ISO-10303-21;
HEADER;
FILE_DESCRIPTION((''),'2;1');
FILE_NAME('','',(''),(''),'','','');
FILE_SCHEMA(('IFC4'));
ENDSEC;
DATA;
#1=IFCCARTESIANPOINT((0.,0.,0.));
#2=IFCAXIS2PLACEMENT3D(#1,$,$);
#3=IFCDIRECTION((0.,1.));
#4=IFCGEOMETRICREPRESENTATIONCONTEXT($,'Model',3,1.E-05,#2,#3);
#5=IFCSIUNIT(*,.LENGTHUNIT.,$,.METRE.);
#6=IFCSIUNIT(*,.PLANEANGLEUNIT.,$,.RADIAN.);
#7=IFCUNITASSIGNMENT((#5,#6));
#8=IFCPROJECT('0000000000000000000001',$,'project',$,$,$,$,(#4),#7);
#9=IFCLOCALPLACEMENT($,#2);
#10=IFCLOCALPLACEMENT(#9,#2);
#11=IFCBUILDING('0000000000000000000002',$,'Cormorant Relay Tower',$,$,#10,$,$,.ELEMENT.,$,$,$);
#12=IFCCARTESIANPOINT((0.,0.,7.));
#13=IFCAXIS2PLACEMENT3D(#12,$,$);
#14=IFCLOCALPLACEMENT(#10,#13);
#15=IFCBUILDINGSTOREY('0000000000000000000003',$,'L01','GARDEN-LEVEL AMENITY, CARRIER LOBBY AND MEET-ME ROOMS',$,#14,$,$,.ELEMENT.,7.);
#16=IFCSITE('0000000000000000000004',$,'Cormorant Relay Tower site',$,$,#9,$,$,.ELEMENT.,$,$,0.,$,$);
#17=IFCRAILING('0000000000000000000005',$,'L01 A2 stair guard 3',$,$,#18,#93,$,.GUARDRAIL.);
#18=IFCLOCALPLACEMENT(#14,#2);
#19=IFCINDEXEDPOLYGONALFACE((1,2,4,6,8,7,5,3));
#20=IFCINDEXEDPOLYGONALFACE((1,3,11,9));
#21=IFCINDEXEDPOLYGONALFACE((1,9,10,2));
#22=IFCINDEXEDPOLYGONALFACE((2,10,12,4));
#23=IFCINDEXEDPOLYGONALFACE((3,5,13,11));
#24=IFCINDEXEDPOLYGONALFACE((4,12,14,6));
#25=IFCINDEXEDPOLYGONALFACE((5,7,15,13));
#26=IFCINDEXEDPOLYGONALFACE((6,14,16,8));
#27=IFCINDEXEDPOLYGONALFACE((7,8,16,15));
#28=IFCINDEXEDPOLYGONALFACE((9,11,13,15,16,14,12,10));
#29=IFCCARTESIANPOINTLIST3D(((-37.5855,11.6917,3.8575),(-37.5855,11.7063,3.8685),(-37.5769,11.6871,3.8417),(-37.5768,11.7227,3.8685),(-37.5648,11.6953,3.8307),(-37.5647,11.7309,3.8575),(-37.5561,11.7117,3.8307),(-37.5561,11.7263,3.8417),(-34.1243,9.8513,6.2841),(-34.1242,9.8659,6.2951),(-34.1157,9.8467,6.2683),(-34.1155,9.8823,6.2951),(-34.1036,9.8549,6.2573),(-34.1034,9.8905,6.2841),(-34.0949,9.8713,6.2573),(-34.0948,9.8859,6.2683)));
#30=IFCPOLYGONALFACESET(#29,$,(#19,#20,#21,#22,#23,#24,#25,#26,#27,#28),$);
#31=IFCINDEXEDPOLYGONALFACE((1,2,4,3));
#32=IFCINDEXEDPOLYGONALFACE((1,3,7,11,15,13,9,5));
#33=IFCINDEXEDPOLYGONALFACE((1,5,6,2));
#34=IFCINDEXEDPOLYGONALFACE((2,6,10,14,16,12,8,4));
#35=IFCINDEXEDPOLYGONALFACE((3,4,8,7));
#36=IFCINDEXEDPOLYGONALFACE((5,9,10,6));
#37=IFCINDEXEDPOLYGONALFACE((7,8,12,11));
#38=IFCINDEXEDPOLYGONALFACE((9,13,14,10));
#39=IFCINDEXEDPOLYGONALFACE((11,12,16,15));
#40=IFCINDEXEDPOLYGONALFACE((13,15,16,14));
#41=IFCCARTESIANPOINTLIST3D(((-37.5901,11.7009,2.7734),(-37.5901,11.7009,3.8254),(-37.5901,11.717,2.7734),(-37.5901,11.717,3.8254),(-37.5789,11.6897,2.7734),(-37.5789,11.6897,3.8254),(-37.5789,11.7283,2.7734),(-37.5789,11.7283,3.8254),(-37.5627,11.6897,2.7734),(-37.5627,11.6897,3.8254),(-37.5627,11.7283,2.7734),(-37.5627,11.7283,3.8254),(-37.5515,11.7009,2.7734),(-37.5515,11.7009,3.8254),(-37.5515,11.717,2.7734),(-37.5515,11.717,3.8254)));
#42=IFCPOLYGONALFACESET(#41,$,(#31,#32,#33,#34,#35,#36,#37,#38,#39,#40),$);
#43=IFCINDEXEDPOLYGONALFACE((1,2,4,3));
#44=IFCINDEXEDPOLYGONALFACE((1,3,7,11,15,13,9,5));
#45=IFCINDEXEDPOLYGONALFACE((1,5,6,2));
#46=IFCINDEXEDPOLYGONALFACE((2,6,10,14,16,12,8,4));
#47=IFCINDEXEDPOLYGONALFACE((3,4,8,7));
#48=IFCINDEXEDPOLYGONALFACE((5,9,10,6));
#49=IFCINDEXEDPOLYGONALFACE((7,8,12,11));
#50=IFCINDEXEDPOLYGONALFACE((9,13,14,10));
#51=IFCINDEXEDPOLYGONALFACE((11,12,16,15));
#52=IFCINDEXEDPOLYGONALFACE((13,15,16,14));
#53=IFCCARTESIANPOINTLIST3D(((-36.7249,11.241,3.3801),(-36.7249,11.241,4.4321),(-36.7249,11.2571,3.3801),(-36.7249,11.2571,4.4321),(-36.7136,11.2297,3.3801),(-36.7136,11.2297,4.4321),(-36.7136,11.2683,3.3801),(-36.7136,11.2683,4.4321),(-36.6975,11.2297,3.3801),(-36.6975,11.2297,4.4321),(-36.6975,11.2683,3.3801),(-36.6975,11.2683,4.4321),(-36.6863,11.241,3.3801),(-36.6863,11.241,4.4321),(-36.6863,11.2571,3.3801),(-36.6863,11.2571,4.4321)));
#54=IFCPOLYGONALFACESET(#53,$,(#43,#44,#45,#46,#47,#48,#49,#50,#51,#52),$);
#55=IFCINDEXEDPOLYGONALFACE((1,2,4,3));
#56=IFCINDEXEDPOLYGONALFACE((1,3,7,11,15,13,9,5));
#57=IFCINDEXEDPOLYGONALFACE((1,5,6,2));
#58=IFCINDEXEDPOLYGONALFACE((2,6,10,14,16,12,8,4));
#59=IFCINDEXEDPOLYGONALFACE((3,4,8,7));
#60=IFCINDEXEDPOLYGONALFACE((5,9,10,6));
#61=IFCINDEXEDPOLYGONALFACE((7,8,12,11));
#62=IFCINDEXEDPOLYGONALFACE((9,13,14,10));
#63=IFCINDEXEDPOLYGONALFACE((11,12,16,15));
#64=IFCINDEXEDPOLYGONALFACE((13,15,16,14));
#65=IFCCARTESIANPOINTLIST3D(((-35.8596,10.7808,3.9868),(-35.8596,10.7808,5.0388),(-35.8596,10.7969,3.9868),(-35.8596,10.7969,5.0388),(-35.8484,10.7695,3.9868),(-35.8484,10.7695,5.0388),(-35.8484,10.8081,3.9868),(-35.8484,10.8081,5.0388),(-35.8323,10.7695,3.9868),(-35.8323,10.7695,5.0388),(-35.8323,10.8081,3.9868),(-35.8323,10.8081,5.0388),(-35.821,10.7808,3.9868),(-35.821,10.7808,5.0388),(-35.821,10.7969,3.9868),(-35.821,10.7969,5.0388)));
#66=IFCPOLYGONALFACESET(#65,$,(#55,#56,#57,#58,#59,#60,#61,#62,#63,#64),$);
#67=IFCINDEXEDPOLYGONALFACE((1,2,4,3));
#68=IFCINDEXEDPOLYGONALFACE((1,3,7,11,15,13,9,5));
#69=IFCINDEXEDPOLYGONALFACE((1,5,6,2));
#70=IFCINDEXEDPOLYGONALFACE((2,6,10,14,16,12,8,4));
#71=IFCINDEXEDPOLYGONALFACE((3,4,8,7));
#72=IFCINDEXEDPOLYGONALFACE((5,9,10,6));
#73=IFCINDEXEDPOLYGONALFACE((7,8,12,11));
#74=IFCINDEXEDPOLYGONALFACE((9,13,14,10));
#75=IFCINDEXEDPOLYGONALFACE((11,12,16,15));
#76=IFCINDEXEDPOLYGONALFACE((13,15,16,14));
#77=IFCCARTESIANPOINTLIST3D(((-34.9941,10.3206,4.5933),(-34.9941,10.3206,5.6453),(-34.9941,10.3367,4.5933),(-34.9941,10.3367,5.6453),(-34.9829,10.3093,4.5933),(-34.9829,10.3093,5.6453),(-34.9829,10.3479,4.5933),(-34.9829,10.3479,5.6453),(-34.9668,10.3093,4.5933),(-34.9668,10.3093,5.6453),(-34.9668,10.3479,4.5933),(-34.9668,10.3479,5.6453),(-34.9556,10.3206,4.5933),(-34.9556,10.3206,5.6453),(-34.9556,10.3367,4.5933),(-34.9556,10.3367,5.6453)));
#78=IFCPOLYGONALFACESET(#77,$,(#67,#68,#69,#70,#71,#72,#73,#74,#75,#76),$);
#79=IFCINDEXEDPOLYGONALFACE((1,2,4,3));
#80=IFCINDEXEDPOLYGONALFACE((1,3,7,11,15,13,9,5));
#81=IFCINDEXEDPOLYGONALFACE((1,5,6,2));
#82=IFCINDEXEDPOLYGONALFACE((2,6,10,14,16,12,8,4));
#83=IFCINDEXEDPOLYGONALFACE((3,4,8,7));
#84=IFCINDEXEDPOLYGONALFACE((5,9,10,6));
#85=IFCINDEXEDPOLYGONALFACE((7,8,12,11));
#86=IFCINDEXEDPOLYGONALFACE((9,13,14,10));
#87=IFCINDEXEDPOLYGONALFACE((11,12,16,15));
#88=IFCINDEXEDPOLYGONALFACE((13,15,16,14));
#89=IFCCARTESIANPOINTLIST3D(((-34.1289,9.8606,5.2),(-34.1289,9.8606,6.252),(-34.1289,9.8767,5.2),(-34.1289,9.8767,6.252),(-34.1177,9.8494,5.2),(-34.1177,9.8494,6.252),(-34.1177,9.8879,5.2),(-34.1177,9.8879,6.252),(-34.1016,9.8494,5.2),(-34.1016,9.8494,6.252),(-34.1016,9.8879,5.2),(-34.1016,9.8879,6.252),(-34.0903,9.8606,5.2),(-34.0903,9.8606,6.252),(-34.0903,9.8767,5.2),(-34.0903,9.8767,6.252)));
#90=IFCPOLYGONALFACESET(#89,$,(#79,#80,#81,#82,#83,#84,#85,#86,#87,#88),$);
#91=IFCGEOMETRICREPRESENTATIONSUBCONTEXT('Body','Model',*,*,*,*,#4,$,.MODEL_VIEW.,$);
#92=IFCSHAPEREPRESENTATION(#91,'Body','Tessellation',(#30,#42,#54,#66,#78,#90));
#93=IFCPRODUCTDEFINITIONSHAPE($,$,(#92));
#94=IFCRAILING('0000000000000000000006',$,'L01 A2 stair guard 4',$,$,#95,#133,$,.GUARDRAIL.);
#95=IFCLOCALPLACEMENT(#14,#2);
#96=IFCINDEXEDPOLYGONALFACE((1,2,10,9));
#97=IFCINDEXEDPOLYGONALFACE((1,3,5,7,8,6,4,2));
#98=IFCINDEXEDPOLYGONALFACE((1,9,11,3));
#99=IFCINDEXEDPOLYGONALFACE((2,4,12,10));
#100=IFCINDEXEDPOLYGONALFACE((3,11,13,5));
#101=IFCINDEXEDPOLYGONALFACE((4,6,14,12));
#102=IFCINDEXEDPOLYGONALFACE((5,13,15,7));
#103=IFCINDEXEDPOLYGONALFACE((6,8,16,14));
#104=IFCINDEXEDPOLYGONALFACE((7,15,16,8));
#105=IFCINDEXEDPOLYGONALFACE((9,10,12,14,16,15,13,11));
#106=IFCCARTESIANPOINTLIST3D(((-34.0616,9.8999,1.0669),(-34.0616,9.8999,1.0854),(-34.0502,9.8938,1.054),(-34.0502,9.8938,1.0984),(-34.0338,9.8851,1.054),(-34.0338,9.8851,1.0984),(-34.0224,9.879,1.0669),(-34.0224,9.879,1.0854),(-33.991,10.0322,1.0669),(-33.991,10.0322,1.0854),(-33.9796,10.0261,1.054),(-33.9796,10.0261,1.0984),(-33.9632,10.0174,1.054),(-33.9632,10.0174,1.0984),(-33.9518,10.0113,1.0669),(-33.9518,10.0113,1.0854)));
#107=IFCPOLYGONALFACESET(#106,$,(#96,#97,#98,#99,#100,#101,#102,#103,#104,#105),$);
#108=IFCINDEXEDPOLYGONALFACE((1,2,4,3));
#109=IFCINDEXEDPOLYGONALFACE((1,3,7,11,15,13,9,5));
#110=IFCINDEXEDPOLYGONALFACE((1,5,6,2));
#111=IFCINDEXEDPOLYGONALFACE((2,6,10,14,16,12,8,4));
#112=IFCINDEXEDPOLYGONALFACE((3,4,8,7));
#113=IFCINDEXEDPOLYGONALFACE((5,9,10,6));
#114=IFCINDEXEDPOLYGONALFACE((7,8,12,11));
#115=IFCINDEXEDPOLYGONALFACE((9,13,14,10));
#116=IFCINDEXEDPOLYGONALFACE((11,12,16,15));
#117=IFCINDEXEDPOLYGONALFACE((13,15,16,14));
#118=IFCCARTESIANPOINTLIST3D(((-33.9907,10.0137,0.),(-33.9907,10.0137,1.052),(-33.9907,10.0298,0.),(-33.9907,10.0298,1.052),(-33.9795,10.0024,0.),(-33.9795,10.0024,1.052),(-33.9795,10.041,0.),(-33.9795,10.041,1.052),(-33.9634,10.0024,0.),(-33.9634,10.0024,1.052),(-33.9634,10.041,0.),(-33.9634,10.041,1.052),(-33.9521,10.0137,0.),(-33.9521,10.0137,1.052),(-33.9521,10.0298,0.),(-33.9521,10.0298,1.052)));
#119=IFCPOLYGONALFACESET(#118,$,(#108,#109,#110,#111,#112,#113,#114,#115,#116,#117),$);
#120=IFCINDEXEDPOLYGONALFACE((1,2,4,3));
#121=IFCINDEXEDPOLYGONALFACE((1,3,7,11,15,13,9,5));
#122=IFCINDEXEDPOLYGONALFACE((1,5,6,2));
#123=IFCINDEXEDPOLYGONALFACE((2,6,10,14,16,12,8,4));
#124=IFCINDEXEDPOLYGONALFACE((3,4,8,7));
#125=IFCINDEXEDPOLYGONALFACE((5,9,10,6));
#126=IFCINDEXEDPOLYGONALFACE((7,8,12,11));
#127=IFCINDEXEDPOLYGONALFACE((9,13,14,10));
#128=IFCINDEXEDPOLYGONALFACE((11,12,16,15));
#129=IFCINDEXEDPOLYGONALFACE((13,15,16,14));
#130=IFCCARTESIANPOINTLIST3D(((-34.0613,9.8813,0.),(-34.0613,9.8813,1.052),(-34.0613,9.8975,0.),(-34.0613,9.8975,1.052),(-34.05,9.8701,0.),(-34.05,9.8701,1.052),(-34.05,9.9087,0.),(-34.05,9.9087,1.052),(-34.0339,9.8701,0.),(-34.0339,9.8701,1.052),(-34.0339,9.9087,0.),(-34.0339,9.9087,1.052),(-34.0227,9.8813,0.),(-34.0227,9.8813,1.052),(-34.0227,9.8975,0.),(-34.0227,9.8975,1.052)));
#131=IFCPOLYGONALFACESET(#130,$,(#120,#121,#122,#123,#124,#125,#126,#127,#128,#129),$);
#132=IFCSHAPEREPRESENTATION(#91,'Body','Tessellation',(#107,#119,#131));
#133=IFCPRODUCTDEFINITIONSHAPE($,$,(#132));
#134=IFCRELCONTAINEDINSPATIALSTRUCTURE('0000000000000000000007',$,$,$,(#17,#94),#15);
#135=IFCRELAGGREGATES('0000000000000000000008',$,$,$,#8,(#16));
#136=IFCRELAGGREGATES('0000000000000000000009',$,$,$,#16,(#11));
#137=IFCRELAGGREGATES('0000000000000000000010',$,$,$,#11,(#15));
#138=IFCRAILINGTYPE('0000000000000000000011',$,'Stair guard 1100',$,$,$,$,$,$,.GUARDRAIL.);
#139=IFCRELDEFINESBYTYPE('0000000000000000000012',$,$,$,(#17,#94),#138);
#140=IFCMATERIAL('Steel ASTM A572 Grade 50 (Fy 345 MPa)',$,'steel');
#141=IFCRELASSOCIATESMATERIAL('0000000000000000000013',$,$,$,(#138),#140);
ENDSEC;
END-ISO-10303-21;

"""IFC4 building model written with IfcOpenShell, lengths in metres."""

from ifc_helpers import new_model, si_unit, direction, frame, origin, place, context, subcontext, project, spatial, polyline, outline, extrude, material, type_object, element, save


model = new_model("IFC4")

# Units and contexts
model_context = context("Model", 3, precision=1e-05, world=origin(), true_north=direction((0.0, 1.0)))
body_context = subcontext(model_context, "Body", "Model", "MODEL_VIEW")
ifc_project = project(units=[si_unit("LENGTHUNIT", "METRE"), si_unit("PLANEANGLEUNIT", "RADIAN")], contexts=[model_context])

# Site, building, storey
site_placement = place(None, origin())
site = spatial("IfcSite", under=ifc_project, at=site_placement, Name="Cormorant Relay Tower site", CompositionType="ELEMENT", RefElevation=0.0)
building_placement = place(site_placement, origin())
building = spatial("IfcBuilding", under=site, at=building_placement, Name="Cormorant Relay Tower", CompositionType="ELEMENT")
storey_placement = place(building_placement, frame((0.0, 0.0, 7.0)))
storey = spatial("IfcBuildingStorey", under=building, at=storey_placement, Name="L01", Description="GARDEN-LEVEL AMENITY, CARRIER LOBBY AND MEET-ME ROOMS", CompositionType="ELEMENT", Elevation=7.0)

# Railings
ifc_material_1 = material(Name="Steel ASTM A572 Grade 50 (Fy 345 MPa)", Category="steel")
railing_type_1 = type_object("IfcRailingType", Name="Stair guard 1100", PredefinedType="GUARDRAIL", material=ifc_material_1)
railing_1_placement = place(storey_placement, frame((-37.5708, 11.709, 2.7734)))
element("IfcRailing", 1, at=railing_1_placement, inside=storey, type_object=railing_type_1, Name="L01 A2 stair guard 3", PredefinedType="GUARDRAIL", context=body_context, shape_type="SweptSolid", body=[
    extrude(outline(polyline([(0.0222, 0.0093), (0.0093, 0.0222), (-0.0093, 0.0222), (-0.0222, 0.0093), (-0.0222, -0.0093), (-0.0093, -0.0222), (0.0093, -0.0222), (0.0222, -0.0093), (0.0222, 0.0093)])), frame((0.0, 0.0, 1.0762), z_axis=(0.750755, -0.399181, 0.526328), x_axis=(0.469469, 0.882949, 0.0)), (0.0, 0.0, 1.0), 4.6104),
    extrude(outline(polyline([(0.0193, 0.0081), (0.0081, 0.0193), (-0.0081, 0.0193), (-0.0193, 0.0081), (-0.0193, -0.0081), (-0.0081, -0.0193), (0.0081, -0.0193), (0.0193, -0.0081), (0.0193, 0.0081)])), origin(), (0.0, 0.0, 1.0), 1.052),
    extrude(outline(polyline([(0.0193, 0.0081), (0.0081, 0.0193), (-0.0081, 0.0193), (-0.0193, 0.0081), (-0.0193, -0.0081), (-0.0081, -0.0193), (0.0081, -0.0193), (0.0193, -0.0081), (0.0193, 0.0081)])), frame((0.8652, -0.46, 0.6067)), (0.0, 0.0, 1.0), 1.052),
    extrude(outline(polyline([(0.0193, 0.0081), (0.0081, 0.0193), (-0.0081, 0.0193), (-0.0193, 0.0081), (-0.0193, -0.0081), (-0.0081, -0.0193), (0.0081, -0.0193), (0.0193, -0.0081), (0.0193, 0.0081)])), frame((1.7305, -0.9202, 1.2134)), (0.0, 0.0, 1.0), 1.052),
    extrude(outline(polyline([(0.0193, 0.0081), (0.0081, 0.0193), (-0.0081, 0.0193), (-0.0193, 0.0081), (-0.0193, -0.0081), (-0.0081, -0.0193), (0.0081, -0.0193), (0.0193, -0.0081), (0.0193, 0.0081)])), frame((2.5959, -1.3804, 1.8198)), (0.0, 0.0, 1.0), 1.052),
    extrude(outline(polyline([(0.0193, 0.0081), (0.0081, 0.0193), (-0.0081, 0.0193), (-0.0193, 0.0081), (-0.0193, -0.0081), (-0.0081, -0.0193), (0.0081, -0.0193), (0.0193, -0.0081), (0.0193, 0.0081)])), frame((3.4612, -1.8403, 2.4265)), (0.0, 0.0, 1.0), 1.052),
])
railing_2_placement = place(storey_placement, frame((-33.9714, 10.0217, 0.0)))
element("IfcRailing", 2, at=railing_2_placement, inside=storey, type_object=railing_type_1, Name="L01 A2 stair guard 4", PredefinedType="GUARDRAIL", context=body_context, shape_type="SweptSolid", body=[
    extrude(outline(polyline([(0.0222, 0.0093), (0.0093, 0.0222), (-0.0093, 0.0222), (-0.0222, 0.0093), (-0.0222, -0.0093), (-0.0093, -0.0222), (0.0093, -0.0222), (0.0222, -0.0093), (0.0222, 0.0093)])), frame((0.0, 0.0, 1.0762), z_axis=(-0.470504, -0.882398, 0.0), x_axis=(0.882398, -0.470504, 0.0)), (0.0, 0.0, 1.0), 0.1499),
    extrude(outline(polyline([(0.0193, 0.0081), (0.0081, 0.0193), (-0.0081, 0.0193), (-0.0193, 0.0081), (-0.0193, -0.0081), (-0.0081, -0.0193), (0.0081, -0.0193), (0.0193, -0.0081), (0.0193, 0.0081)])), origin(), (0.0, 0.0, 1.0), 1.052),
    extrude(outline(polyline([(0.0193, 0.0081), (0.0081, 0.0193), (-0.0081, 0.0193), (-0.0193, 0.0081), (-0.0193, -0.0081), (-0.0081, -0.0193), (0.0081, -0.0193), (0.0193, -0.0081), (0.0193, 0.0081)])), frame((-0.0706, -0.1323, 0.0)), (0.0, 0.0, 1.0), 1.052),
])

save(model, "model.ifc")
